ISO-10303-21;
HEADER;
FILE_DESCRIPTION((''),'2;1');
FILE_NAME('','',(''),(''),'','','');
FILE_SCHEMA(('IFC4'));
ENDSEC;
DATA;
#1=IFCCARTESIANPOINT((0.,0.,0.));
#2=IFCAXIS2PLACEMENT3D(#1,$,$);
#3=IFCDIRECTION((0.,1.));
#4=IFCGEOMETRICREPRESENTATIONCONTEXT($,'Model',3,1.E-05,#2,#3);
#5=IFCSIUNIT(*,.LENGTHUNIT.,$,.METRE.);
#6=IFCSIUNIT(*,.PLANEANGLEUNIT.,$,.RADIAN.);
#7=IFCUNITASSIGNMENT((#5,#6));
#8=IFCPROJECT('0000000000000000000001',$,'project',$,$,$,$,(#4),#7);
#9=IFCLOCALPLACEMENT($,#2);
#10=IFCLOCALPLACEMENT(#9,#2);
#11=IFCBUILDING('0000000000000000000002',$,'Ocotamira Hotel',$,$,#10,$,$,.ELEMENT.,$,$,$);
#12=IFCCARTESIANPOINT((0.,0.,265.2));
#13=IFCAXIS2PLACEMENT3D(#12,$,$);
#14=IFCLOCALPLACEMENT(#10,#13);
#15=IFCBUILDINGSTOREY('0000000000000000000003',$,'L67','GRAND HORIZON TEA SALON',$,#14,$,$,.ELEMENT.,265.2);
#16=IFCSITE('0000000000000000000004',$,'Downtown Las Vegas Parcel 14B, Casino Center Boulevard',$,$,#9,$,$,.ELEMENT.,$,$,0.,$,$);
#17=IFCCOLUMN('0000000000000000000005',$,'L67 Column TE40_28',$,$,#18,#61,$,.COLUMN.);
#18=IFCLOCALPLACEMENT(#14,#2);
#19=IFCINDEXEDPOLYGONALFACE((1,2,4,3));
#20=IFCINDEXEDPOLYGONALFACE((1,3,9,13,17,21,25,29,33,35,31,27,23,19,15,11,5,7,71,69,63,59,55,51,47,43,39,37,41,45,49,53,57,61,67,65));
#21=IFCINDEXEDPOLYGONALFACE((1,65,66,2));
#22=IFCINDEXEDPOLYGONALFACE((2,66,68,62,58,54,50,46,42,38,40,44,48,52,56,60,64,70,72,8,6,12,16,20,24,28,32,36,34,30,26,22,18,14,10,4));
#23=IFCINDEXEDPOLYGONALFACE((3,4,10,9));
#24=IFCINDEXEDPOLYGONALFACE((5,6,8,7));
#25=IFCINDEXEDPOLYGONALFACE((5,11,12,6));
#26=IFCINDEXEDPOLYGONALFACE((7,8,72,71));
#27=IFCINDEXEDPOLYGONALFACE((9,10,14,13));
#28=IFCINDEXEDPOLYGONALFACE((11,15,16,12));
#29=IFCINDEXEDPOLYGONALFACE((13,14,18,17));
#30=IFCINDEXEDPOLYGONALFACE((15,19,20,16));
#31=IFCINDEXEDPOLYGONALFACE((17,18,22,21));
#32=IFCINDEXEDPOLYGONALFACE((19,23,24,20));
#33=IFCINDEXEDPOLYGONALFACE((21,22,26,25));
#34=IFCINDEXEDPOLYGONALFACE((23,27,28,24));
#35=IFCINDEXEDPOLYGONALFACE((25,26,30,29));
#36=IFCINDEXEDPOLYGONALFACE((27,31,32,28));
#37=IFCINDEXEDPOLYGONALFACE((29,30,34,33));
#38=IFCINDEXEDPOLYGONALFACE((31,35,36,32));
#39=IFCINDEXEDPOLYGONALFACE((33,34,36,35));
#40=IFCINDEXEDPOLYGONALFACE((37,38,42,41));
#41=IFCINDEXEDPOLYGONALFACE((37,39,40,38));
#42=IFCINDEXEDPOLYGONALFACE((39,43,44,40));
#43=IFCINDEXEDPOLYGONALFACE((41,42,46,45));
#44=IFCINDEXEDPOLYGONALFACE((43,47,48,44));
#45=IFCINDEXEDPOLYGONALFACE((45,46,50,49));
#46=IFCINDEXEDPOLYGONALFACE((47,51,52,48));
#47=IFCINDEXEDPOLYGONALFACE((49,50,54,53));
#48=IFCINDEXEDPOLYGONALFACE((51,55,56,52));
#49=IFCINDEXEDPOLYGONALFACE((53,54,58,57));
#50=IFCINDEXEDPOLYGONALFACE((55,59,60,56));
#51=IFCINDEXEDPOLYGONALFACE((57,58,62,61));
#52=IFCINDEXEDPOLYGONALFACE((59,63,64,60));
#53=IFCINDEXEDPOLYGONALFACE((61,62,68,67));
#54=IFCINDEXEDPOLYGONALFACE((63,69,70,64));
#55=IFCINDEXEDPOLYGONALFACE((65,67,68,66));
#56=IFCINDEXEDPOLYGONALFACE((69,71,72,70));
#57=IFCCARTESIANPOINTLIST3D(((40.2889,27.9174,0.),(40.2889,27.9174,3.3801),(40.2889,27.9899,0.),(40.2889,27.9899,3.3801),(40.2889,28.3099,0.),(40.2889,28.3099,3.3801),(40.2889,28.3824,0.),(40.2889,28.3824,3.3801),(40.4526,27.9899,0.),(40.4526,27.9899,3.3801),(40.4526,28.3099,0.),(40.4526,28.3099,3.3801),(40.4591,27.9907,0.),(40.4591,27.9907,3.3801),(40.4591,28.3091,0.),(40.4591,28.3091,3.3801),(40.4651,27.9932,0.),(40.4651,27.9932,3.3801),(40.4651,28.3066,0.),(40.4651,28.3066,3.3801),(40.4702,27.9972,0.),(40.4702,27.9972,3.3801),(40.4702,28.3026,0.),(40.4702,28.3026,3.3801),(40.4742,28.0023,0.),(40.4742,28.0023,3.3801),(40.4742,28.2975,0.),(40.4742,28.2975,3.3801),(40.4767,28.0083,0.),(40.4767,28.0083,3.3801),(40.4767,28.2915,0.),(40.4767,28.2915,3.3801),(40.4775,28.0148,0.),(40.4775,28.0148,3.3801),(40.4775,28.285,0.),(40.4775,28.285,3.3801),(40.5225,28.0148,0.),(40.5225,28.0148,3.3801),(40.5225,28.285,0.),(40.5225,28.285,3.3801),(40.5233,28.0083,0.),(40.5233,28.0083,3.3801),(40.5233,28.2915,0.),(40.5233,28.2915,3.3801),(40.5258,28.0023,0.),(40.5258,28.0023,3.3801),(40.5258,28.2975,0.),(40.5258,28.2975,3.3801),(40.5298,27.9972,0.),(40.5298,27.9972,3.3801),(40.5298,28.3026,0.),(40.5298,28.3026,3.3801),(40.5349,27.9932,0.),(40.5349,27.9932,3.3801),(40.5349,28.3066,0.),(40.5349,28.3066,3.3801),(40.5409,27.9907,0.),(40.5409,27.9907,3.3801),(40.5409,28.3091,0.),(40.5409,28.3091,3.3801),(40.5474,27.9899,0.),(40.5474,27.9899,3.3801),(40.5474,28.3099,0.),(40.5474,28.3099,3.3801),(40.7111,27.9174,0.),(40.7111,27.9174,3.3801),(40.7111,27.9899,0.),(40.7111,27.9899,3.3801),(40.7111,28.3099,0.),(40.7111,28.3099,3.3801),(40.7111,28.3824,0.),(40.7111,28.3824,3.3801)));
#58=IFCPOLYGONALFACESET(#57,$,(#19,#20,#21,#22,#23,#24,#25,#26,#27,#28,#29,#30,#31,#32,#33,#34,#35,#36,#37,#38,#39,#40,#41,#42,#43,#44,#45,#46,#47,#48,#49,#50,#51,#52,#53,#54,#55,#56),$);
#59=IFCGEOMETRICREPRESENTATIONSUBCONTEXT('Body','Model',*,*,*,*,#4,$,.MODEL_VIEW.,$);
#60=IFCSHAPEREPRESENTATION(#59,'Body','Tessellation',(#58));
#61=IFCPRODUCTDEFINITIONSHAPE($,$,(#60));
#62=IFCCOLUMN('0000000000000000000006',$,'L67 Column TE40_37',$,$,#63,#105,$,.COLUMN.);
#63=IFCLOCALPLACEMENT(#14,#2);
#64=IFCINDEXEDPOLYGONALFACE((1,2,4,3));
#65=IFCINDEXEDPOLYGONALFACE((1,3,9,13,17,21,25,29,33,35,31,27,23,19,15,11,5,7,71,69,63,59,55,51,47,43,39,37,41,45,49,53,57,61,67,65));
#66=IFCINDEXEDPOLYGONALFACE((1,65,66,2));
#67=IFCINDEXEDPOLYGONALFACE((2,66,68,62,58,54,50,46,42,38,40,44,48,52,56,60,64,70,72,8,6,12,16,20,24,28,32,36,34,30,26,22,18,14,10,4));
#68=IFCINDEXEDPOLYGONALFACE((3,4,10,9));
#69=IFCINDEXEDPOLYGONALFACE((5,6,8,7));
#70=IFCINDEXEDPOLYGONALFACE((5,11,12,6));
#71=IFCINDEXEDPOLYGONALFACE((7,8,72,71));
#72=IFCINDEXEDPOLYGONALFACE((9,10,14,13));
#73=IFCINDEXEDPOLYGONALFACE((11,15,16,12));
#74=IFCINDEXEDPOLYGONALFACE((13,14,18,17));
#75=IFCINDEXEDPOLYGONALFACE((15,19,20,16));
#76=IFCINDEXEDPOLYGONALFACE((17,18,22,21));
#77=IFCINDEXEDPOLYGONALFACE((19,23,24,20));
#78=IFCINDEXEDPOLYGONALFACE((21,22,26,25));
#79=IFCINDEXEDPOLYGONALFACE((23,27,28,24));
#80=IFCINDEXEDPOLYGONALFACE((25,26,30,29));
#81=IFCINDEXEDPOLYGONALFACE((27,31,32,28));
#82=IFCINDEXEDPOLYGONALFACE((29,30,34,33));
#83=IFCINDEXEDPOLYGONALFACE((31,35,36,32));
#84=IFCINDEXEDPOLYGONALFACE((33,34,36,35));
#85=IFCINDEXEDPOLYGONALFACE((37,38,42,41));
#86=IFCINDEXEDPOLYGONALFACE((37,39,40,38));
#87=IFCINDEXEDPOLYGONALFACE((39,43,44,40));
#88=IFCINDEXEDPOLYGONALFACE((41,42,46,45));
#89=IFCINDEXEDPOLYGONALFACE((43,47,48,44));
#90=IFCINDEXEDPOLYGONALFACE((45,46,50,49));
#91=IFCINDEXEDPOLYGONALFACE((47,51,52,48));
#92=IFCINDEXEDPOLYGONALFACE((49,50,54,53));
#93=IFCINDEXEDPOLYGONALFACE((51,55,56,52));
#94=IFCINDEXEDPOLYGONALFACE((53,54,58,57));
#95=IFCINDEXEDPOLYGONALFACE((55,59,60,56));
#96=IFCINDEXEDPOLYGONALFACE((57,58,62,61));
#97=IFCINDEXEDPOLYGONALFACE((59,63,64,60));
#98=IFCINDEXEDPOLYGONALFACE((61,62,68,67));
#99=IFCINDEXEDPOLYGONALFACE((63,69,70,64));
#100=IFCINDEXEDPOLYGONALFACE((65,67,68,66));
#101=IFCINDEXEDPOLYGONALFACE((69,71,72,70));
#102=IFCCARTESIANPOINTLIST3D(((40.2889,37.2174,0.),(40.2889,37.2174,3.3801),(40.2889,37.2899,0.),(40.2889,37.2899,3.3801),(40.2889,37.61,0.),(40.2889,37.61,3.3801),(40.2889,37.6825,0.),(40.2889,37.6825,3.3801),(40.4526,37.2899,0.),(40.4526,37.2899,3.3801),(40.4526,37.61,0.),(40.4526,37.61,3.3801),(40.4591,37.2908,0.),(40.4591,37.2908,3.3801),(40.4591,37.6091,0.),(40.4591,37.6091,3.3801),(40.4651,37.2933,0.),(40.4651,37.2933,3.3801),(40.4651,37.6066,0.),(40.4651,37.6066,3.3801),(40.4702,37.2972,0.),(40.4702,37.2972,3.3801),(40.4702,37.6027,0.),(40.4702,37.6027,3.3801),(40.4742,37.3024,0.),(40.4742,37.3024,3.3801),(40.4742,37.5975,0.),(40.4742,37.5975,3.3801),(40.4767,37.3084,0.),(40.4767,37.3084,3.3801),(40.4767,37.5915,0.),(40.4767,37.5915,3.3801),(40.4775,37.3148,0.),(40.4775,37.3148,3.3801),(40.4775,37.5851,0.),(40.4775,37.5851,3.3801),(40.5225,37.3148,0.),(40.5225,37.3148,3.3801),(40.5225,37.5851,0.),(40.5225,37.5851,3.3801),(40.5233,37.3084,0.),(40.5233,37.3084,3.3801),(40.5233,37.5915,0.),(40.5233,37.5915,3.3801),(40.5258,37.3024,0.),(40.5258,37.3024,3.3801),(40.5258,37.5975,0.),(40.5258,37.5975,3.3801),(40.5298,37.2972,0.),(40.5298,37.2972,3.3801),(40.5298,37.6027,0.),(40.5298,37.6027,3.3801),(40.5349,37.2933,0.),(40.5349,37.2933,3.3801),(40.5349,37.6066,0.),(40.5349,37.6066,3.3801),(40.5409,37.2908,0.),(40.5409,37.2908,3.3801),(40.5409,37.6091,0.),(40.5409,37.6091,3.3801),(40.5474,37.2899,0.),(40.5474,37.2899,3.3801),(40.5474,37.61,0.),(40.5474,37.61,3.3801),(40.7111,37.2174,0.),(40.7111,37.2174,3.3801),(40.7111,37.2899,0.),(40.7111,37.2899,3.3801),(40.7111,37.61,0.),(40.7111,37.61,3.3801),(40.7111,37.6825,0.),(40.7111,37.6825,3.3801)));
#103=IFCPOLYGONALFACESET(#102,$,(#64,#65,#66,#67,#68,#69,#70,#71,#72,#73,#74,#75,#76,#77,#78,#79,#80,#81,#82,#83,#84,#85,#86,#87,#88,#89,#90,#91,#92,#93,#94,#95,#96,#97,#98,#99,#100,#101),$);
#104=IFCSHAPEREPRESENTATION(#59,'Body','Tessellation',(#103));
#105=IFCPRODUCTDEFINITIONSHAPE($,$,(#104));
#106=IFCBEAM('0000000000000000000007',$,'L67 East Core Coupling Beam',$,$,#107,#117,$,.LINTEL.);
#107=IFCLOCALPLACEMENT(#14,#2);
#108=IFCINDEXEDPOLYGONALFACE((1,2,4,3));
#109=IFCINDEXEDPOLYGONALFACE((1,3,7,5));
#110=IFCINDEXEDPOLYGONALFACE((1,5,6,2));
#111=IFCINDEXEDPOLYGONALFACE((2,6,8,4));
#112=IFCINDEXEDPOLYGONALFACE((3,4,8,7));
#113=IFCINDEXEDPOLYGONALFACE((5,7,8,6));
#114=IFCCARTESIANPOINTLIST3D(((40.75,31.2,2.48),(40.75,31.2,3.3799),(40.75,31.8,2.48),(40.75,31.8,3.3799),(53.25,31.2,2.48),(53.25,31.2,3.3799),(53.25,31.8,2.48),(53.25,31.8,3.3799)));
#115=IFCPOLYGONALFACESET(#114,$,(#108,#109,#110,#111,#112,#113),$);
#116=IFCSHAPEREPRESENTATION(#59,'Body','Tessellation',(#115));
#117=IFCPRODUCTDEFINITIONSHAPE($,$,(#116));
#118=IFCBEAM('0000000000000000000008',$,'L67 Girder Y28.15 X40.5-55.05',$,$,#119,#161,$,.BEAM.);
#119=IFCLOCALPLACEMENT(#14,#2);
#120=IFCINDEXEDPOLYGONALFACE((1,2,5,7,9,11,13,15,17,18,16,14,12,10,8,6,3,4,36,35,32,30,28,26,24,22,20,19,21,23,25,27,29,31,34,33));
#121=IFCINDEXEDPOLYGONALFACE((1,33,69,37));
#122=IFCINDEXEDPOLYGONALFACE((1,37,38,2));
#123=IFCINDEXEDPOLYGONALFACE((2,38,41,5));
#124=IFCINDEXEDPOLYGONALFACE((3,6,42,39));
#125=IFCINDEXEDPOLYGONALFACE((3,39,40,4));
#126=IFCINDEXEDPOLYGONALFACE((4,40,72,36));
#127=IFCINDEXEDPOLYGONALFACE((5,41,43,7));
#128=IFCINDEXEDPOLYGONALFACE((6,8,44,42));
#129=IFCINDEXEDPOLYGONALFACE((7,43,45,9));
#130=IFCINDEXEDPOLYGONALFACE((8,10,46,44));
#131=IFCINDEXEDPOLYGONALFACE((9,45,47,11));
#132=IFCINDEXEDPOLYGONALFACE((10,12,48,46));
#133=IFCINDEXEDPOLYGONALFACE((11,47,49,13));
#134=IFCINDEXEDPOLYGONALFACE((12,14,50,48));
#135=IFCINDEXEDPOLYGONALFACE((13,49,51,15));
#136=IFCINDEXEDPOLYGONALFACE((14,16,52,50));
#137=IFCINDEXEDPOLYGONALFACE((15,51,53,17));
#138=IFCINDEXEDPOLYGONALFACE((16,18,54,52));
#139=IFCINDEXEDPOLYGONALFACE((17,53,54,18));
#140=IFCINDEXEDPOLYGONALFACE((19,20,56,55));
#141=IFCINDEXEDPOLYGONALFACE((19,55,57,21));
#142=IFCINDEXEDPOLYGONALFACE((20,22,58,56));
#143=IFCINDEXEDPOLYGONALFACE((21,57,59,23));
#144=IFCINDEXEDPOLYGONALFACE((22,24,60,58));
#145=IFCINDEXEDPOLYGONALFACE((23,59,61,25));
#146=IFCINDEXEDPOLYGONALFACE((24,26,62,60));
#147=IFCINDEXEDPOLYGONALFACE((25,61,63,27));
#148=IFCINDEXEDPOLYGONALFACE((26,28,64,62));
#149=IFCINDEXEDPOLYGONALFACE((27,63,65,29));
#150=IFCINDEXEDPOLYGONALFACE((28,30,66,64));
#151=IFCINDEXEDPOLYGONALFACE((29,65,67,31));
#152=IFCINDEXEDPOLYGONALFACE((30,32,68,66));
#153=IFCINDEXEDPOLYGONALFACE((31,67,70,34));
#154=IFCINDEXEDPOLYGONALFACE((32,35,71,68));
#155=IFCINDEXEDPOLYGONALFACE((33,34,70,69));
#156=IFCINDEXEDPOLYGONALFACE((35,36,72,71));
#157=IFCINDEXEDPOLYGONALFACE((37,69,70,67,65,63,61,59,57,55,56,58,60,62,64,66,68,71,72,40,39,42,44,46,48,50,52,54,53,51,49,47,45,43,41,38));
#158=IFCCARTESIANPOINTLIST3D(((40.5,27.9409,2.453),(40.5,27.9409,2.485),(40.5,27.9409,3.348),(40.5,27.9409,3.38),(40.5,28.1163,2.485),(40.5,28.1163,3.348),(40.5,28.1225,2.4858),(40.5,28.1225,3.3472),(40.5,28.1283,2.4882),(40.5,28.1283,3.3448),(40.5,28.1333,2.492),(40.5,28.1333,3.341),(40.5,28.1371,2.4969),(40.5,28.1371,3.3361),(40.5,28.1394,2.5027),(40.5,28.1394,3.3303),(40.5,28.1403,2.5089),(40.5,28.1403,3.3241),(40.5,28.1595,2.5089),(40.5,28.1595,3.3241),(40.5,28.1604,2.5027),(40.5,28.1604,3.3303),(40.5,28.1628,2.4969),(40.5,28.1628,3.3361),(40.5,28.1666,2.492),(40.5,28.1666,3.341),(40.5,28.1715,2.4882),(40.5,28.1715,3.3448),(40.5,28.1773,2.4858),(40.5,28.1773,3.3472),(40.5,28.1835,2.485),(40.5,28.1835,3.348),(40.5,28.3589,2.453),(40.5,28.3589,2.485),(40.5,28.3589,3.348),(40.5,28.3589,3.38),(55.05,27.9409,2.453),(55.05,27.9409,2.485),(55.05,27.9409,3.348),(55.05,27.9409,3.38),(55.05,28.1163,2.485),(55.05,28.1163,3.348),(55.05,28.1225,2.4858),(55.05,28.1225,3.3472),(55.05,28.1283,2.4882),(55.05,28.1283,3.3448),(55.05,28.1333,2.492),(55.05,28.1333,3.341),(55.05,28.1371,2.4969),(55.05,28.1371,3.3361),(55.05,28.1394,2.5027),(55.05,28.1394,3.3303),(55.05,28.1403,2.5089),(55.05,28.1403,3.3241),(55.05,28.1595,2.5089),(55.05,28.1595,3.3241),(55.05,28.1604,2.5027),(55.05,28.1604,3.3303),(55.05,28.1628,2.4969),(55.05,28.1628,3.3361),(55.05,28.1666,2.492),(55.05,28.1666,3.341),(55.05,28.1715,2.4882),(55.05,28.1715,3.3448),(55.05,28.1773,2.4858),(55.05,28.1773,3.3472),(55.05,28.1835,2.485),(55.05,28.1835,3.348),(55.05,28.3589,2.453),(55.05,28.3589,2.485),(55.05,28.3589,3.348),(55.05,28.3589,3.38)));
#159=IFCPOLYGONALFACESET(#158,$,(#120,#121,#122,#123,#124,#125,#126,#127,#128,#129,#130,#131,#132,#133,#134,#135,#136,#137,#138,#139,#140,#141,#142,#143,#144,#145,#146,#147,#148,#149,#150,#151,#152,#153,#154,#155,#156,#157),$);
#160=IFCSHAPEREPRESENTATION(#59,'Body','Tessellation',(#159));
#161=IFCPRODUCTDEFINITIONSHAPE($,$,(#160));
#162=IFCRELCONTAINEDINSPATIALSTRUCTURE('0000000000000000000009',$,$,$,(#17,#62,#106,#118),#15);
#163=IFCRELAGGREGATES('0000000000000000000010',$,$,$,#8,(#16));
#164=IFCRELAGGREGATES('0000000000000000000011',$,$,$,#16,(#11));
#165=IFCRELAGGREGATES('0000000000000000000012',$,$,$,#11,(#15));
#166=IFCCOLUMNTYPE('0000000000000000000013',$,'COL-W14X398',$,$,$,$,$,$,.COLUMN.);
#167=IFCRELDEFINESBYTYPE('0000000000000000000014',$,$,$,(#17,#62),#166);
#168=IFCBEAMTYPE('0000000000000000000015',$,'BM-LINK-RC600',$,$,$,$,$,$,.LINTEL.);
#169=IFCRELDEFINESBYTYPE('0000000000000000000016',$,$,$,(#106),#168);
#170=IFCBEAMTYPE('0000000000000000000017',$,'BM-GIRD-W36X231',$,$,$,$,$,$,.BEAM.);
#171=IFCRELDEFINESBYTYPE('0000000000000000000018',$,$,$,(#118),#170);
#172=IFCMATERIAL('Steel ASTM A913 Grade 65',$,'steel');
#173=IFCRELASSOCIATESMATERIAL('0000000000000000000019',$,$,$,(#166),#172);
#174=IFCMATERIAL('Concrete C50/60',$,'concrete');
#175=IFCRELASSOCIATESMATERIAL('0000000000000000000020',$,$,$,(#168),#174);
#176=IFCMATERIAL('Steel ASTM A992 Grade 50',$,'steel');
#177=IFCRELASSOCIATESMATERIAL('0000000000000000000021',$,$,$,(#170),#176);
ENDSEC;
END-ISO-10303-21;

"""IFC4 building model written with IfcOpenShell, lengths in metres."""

from ifc_helpers import new_model, si_unit, direction, frame, origin, origin_2d, place, context, subcontext, project, spatial, rectangle, i_section, extrude, source, transform, mapped, material, material_profile, profile_set, type_object, element, save


model = new_model("IFC4")

# Units and contexts
model_context = context("Model", 3, precision=1e-05, world=origin(), true_north=direction((0.0, 1.0)))
body_context = subcontext(model_context, "Body", "Model", "MODEL_VIEW")
ifc_project = project(units=[si_unit("LENGTHUNIT", "METRE"), si_unit("PLANEANGLEUNIT", "RADIAN")], contexts=[model_context])

# Site, building, storey
site_placement = place(None, origin())
site = spatial("IfcSite", under=ifc_project, at=site_placement, Name="Downtown Las Vegas Parcel 14B, Casino Center Boulevard", CompositionType="ELEMENT", RefElevation=0.0)
building_placement = place(site_placement, origin())
building = spatial("IfcBuilding", under=site, at=building_placement, Name="Ocotamira Hotel", CompositionType="ELEMENT")
storey_placement = place(building_placement, frame((0.0, 0.0, 265.2)))
storey = spatial("IfcBuildingStorey", under=building, at=storey_placement, Name="L67", Description="GRAND HORIZON TEA SALON", CompositionType="ELEMENT", Elevation=265.2)

# Columns
ifc_material_1 = material(Name="Steel ASTM A913 Grade 65", Category="steel")
ifc_material_profile_1 = material_profile(ifc_material_1, i_section(OverallWidth=0.4221, OverallDepth=0.4651, WebThickness=0.0449, FlangeThickness=0.0725, FilletRadius=0.0249, at=origin_2d()), Name="W14X398")
ifc_profile_set_1 = profile_set([ifc_material_profile_1], Name="Steel ASTM A913 Grade 65")
column_type = type_object("IfcColumnType", Name="COL-W14X398", PredefinedType="COLUMN", material=ifc_profile_set_1)
shared_shape_1 = source(origin(), body_context, "Body", "SweptSolid", [
    extrude(i_section(OverallWidth=0.4221, OverallDepth=0.4651, WebThickness=0.0449, FlangeThickness=0.0725, FilletRadius=0.0249, at=origin_2d()), origin(), (0.0, 0.0, 1.0), 3.3801),
])
for number, where, z_axis, x_axis, name in (
    (1, (40.5, 28.1499, 0.0), (0.0, 0.0, 1.0), (1.0, 0.0, 0.0), "L67 Column TE40_28"),
    (2, (40.5, 37.45, 0.0), (0.0, 0.0, 1.0), (1.0, 0.0, 0.0), "L67 Column TE40_37"),
):
    element("IfcColumn", number, at=place(storey_placement, frame(where, z_axis=z_axis, x_axis=x_axis)), inside=storey, type_object=column_type, Name=name, PredefinedType="COLUMN", context=body_context, shape_type="MappedRepresentation", body=[
        mapped(shared_shape_1, transform((0.0, 0.0, 0.0), scale=1.0)),
    ])

# Beams
ifc_material_2 = material(Name="Concrete C50/60", Category="concrete")
ifc_material_profile_2 = material_profile(ifc_material_2, rectangle(XDim=0.6001, YDim=0.8999, at=origin_2d()), Name="RC600X900")
ifc_profile_set_2 = profile_set([ifc_material_profile_2], Name="Concrete C50/60")
beam_type_1 = type_object("IfcBeamType", Name="BM-LINK-RC600", PredefinedType="LINTEL", material=ifc_profile_set_2)
shared_shape_2 = source(origin(), body_context, "Body", "SweptSolid", [
    extrude(rectangle(XDim=0.6001, YDim=0.8999, at=origin_2d()), origin(), (0.0, 0.0, 1.0), 12.5),
])
beam_1_placement = place(storey_placement, frame((40.75, 31.5, 2.9299), z_axis=(1.0, 0.0, 0.0), x_axis=(0.0, 1.0, 0.0)))
element("IfcBeam", 3, at=beam_1_placement, inside=storey, type_object=beam_type_1, Name="L67 East Core Coupling Beam", PredefinedType="LINTEL", context=body_context, shape_type="MappedRepresentation", body=[
    mapped(shared_shape_2, transform((0.0, 0.0, 0.0), scale=1.0)),
])
ifc_material_3 = material(Name="Steel ASTM A992 Grade 50", Category="steel")
ifc_material_profile_3 = material_profile(ifc_material_3, i_section(OverallWidth=0.418, OverallDepth=0.927, WebThickness=0.0193, FlangeThickness=0.032, FilletRadius=0.0239, at=origin_2d()), Name="W36X231")
ifc_profile_set_3 = profile_set([ifc_material_profile_3], Name="Steel ASTM A992 Grade 50")
beam_type_2 = type_object("IfcBeamType", Name="BM-GIRD-W36X231", PredefinedType="BEAM", material=ifc_profile_set_3)
shared_shape_3 = source(origin(), body_context, "Body", "SweptSolid", [
    extrude(i_section(OverallWidth=0.418, OverallDepth=0.927, WebThickness=0.0193, FlangeThickness=0.032, FilletRadius=0.0239, at=origin_2d()), origin(), (0.0, 0.0, 1.0), 14.55),
])
for number, where, z_axis, x_axis, name in (
    (4, (40.5, 28.1499, 2.9165), (1.0, 0.0, 0.0), (0.0, 1.0, 0.0), "L67 Girder Y28.15 X40.5-55.05"),
):
    element("IfcBeam", number, at=place(storey_placement, frame(where, z_axis=z_axis, x_axis=x_axis)), inside=storey, type_object=beam_type_2, Name=name, PredefinedType="BEAM", context=body_context, shape_type="MappedRepresentation", body=[
        mapped(shared_shape_3, transform((0.0, 0.0, 0.0), scale=1.0)),
    ])

save(model, "model.ifc")
